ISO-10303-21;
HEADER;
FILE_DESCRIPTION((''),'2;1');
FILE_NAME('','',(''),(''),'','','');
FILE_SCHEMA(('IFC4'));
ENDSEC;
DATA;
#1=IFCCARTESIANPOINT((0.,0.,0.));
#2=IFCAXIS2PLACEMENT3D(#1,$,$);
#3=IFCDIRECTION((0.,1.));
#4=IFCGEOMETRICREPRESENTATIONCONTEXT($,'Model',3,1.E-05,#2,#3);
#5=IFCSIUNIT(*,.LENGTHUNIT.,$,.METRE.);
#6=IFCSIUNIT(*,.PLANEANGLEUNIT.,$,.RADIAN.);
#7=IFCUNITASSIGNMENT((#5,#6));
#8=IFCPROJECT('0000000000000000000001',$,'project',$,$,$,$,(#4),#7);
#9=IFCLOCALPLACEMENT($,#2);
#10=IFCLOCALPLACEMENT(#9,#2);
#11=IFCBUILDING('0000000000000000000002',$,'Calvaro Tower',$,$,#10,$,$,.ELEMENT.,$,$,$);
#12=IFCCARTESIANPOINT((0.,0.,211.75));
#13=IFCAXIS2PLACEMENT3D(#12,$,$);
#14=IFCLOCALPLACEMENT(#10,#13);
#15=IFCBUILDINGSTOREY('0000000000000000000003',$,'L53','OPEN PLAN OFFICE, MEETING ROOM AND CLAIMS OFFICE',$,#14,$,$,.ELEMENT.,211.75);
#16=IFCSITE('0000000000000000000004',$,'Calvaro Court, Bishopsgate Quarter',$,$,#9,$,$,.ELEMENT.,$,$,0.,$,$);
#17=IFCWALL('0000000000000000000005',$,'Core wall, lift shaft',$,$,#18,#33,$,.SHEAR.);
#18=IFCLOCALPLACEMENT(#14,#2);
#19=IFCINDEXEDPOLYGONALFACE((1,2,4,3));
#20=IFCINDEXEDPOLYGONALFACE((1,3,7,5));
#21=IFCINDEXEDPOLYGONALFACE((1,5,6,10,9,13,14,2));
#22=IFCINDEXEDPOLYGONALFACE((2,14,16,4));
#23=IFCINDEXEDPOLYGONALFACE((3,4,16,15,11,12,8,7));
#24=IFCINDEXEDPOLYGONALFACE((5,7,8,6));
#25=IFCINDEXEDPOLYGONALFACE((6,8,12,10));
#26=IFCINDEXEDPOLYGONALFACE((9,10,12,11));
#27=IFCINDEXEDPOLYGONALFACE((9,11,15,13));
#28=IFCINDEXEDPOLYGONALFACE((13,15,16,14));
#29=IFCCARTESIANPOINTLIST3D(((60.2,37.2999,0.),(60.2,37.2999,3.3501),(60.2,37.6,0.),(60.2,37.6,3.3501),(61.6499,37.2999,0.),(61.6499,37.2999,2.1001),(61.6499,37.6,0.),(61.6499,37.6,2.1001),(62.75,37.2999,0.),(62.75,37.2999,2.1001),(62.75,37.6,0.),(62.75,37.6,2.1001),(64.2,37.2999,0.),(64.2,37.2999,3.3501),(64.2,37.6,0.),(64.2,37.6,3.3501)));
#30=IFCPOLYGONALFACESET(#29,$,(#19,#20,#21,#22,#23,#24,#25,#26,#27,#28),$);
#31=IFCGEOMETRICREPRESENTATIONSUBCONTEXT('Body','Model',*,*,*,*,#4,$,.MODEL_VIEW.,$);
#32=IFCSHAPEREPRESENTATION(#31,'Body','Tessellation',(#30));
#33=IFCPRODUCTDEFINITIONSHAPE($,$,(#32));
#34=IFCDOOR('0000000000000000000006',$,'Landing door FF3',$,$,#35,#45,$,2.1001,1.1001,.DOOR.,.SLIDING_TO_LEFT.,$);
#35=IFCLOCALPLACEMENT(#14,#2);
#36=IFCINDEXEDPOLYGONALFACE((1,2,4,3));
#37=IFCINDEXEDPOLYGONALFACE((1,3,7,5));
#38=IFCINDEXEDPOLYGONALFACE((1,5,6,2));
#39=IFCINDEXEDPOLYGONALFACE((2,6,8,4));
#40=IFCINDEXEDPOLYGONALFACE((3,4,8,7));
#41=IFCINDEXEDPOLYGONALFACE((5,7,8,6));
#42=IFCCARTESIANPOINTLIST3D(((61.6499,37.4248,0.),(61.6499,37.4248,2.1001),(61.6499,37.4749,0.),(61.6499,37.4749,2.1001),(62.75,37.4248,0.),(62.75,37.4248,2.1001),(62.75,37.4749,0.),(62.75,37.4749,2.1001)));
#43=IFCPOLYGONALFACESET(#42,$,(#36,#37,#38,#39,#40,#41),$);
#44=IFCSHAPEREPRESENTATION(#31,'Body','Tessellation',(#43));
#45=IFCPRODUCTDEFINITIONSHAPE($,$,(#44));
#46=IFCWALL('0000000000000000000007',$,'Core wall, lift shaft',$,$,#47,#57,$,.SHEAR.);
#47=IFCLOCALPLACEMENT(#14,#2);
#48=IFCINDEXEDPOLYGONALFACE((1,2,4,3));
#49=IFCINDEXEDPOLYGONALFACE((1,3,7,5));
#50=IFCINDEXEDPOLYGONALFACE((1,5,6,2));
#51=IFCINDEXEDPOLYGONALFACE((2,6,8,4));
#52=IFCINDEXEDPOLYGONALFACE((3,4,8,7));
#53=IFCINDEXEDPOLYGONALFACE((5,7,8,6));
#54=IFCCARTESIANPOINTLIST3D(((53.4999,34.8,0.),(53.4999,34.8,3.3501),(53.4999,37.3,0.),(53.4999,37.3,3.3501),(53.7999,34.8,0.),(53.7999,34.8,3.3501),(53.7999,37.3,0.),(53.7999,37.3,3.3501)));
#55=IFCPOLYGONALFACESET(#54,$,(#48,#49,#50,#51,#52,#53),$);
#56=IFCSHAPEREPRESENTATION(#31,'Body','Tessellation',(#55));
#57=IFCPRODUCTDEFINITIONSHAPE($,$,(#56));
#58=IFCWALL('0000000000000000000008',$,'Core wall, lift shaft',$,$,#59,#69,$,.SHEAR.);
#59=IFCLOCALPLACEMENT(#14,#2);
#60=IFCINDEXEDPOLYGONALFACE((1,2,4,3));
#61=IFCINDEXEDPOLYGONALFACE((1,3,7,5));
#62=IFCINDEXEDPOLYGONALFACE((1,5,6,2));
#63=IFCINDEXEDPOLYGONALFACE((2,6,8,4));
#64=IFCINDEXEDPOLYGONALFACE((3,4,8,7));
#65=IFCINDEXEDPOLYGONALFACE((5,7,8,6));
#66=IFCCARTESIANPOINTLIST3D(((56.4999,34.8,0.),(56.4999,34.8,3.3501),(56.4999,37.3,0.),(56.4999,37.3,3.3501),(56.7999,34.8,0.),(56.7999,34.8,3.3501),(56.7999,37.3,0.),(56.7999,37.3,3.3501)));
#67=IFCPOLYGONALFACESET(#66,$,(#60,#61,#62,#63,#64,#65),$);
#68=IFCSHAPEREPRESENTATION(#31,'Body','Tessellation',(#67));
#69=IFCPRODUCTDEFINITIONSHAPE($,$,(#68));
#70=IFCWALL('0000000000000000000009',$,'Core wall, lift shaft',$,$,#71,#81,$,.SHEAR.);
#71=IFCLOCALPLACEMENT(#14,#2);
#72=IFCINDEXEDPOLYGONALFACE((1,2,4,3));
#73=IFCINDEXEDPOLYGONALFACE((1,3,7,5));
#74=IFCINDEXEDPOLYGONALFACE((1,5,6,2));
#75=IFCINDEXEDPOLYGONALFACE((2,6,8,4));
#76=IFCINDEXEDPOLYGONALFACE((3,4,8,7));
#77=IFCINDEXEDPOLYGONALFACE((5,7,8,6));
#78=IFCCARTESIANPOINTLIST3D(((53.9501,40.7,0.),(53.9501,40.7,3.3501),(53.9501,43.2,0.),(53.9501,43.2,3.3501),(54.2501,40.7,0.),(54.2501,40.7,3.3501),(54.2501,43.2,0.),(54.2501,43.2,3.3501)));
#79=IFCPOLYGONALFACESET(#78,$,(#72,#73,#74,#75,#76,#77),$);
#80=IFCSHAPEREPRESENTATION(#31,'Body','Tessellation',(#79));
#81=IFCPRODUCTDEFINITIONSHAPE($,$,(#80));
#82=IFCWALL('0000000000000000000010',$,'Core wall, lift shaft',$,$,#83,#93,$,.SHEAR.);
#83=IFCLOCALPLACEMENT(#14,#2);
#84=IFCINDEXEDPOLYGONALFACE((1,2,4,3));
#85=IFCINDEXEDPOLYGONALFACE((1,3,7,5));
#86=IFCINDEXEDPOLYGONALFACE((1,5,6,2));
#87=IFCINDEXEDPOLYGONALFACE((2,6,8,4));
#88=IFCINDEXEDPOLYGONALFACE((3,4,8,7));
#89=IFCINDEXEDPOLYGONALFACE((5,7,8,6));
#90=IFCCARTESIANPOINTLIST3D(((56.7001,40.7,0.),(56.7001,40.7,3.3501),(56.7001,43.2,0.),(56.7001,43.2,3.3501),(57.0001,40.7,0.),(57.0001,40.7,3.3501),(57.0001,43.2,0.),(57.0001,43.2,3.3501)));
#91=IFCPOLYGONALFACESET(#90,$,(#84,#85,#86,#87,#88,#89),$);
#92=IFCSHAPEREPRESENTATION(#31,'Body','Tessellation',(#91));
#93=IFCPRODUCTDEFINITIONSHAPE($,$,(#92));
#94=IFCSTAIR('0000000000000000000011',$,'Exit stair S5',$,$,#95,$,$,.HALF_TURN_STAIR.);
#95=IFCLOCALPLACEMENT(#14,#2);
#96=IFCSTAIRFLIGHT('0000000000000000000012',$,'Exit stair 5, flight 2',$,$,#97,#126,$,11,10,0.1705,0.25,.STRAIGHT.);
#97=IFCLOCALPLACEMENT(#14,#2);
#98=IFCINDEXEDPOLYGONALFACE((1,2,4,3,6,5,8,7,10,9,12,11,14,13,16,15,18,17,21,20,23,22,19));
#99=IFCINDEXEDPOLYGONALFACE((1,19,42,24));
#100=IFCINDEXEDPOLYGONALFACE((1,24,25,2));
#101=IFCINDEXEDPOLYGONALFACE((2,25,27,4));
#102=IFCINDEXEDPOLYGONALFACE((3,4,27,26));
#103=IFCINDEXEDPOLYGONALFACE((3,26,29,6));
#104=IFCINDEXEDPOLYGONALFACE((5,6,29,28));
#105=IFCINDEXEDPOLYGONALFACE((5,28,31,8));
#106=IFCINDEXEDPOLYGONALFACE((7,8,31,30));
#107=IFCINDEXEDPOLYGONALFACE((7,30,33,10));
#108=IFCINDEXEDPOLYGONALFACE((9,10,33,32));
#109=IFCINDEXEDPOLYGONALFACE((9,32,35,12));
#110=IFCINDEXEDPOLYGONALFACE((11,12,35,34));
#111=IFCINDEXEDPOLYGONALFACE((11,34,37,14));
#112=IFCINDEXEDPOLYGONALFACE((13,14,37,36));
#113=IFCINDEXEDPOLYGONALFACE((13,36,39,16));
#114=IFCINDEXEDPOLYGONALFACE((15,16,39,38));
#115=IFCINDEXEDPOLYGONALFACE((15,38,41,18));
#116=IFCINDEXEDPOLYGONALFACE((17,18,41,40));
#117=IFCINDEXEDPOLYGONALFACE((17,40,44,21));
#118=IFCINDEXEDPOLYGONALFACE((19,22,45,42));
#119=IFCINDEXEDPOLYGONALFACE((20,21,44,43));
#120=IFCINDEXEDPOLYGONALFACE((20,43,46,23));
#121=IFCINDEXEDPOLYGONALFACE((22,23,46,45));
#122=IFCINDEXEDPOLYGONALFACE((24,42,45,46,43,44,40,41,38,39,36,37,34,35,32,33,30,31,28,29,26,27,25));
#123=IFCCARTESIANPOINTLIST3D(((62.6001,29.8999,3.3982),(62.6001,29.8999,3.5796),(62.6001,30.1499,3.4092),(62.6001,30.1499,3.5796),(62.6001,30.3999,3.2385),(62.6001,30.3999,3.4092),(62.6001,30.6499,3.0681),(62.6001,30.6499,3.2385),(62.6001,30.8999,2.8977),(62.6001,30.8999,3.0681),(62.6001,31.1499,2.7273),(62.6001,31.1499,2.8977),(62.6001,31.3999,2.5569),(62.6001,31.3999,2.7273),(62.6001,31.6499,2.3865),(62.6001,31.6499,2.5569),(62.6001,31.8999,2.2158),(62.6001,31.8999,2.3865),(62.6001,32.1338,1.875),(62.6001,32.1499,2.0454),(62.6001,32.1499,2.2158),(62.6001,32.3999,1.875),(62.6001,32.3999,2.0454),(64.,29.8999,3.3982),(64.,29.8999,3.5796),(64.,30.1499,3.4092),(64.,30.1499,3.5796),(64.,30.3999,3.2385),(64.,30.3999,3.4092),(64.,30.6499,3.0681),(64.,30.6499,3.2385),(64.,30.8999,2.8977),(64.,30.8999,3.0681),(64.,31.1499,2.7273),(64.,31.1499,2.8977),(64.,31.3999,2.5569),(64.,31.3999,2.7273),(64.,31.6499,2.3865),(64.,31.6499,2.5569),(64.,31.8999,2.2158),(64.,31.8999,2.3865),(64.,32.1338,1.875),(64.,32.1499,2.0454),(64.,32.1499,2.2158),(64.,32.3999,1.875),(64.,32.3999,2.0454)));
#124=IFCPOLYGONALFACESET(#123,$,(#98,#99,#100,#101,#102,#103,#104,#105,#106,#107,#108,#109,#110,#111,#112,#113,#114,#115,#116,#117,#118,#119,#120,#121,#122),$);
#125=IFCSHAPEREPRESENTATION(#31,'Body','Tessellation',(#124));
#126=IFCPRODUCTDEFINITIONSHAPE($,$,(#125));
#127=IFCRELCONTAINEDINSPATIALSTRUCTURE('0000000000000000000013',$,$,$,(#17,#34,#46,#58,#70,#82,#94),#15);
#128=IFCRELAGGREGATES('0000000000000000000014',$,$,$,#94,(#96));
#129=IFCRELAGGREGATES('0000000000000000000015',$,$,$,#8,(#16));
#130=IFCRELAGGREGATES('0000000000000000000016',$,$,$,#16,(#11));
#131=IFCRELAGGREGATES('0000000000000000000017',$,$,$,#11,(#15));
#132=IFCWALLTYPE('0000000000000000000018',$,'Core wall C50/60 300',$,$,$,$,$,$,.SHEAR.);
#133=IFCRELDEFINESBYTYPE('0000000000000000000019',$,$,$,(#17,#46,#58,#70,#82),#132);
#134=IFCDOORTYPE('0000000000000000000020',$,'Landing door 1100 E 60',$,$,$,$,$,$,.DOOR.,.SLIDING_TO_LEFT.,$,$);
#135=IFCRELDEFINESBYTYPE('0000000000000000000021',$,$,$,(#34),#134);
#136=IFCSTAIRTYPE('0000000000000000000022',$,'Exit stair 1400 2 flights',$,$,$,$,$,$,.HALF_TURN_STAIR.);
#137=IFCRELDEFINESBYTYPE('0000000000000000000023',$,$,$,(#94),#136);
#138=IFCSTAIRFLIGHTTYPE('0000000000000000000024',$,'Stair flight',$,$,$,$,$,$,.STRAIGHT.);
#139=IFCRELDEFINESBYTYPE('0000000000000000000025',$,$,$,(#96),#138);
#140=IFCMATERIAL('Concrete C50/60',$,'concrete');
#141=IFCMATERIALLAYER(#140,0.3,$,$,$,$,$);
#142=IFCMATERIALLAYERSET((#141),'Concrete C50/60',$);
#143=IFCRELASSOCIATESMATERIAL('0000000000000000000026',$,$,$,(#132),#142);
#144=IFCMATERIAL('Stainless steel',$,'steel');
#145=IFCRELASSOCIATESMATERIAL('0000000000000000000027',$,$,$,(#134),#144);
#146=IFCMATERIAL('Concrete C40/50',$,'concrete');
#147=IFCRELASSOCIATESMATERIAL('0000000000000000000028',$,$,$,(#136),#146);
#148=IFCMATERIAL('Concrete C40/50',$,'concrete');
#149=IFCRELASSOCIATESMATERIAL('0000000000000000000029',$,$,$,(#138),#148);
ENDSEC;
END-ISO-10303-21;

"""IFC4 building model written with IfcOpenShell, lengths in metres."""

from ifc_helpers import new_model, si_unit, direction, frame, frame_2d, origin, place, context, subcontext, project, spatial, polyline, rectangle, outline, extrude, material, layer, layer_set, type_object, element, fill, aggregate, save


model = new_model("IFC4")

# Units and contexts
model_context = context("Model", 3, precision=1e-05, world=origin(), true_north=direction((0.0, 1.0)))
body_context = subcontext(model_context, "Body", "Model", "MODEL_VIEW")
ifc_project = project(units=[si_unit("LENGTHUNIT", "METRE"), si_unit("PLANEANGLEUNIT", "RADIAN")], contexts=[model_context])

# Site, building, storey
site_placement = place(None, origin())
site = spatial("IfcSite", under=ifc_project, at=site_placement, Name="Calvaro Court, Bishopsgate Quarter", CompositionType="ELEMENT", RefElevation=0.0)
building_placement = place(site_placement, origin())
building = spatial("IfcBuilding", under=site, at=building_placement, Name="Calvaro Tower", CompositionType="ELEMENT")
storey_placement = place(building_placement, frame((0.0, 0.0, 211.75)))
storey = spatial("IfcBuildingStorey", under=building, at=storey_placement, Name="L53", Description="OPEN PLAN OFFICE, MEETING ROOM AND CLAIMS OFFICE", CompositionType="ELEMENT", Elevation=211.75)

# Shared definitions
ifc_material_1 = material(Name="Concrete C50/60", Category="concrete")
ifc_layer_1 = layer(ifc_material_1, 0.3)
ifc_layer_set_1 = layer_set([ifc_layer_1], Name="Concrete C50/60")
wall_type_1 = type_object("IfcWallType", Name="Core wall C50/60 300", PredefinedType="SHEAR", material=ifc_layer_set_1)

# Wall, opening, door
wall_1_placement = place(storey_placement, frame((60.2, 37.45, 0.0), z_axis=(0.0, 0.0, 1.0), x_axis=(1.0, 0.0, 0.0)))
wall_1 = element("IfcWall", 1, at=wall_1_placement, inside=storey, type_object=wall_type_1, Name="Core wall, lift shaft", PredefinedType="SHEAR", context=body_context, shape_type="SweptSolid", body=[
    extrude(rectangle(XDim=4.0, YDim=0.3, at=frame_2d((2.0, 0.0))), origin(), (0.0, 0.0, 1.0), 3.3501),
])
opening_1_placement = place(wall_1_placement, frame((1.45, 0.0, 0.0)))
opening_1 = element("IfcOpeningElement", 2, at=opening_1_placement, cuts=wall_1, PredefinedType="OPENING", context=body_context, shape_type="SweptSolid", body=[
    extrude(rectangle(XDim=1.1001, YDim=2.1001, at=frame_2d((0.55, 1.05))), frame((0.0, 0.1599, 0.0), z_axis=(0.0, -1.0, 0.0), x_axis=(1.0, 0.0, 0.0)), (0.0, 0.0, 1.0), 0.3201),
])
ifc_material_2 = material(Name="Stainless steel", Category="steel")
door_type_1 = type_object("IfcDoorType", Name="Landing door 1100 E 60", OperationType="SLIDING_TO_LEFT", PredefinedType="DOOR", material=ifc_material_2)
door_1_placement = place(opening_1_placement, origin())
door_1 = element("IfcDoor", 3, at=door_1_placement, inside=storey, type_object=door_type_1, Name="Landing door FF3", OperationType="SLIDING_TO_LEFT", OverallHeight=2.1001, OverallWidth=1.1001, PredefinedType="DOOR", context=body_context, shape_type="SweptSolid", body=[
    extrude(rectangle(XDim=1.1001, YDim=2.1001, at=frame_2d((0.55, 1.05))), frame((0.0, 0.0249, 0.0), z_axis=(0.0, -1.0, 0.0), x_axis=(1.0, 0.0, 0.0)), (0.0, 0.0, 1.0), 0.05),
])
fill(opening_1, door_1)

# Walls
for number, where, z_axis, x_axis, name in (
    (4, (53.6499, 34.8, 0.0), (0.0, 0.0, 1.0), (0.0, 1.0, 0.0), "Core wall, lift shaft"),
    (5, (56.6499, 34.8, 0.0), (0.0, 0.0, 1.0), (0.0, 1.0, 0.0), "Core wall, lift shaft"),
    (6, (54.1001, 40.7, 0.0), (0.0, 0.0, 1.0), (0.0, 1.0, 0.0), "Core wall, lift shaft"),
    (7, (56.8501, 40.7, 0.0), (0.0, 0.0, 1.0), (0.0, 1.0, 0.0), "Core wall, lift shaft"),
):
    element("IfcWall", number, at=place(storey_placement, frame(where, z_axis=z_axis, x_axis=x_axis)), inside=storey, type_object=wall_type_1, Name=name, PredefinedType="SHEAR", context=body_context, shape_type="SweptSolid", body=[
        extrude(rectangle(XDim=2.5, YDim=0.3, at=frame_2d((1.25, 0.0))), origin(), (0.0, 0.0, 1.0), 3.3501),
    ])

# Stair, stair flight
ifc_material_3 = material(Name="Concrete C40/50", Category="concrete")
stair_type = type_object("IfcStairType", Name="Exit stair 1400 2 flights", PredefinedType="HALF_TURN_STAIR", material=ifc_material_3)
stair_placement = place(storey_placement, origin())
stair = element("IfcStair", 8, at=stair_placement, inside=storey, type_object=stair_type, Name="Exit stair S5", PredefinedType="HALF_TURN_STAIR")
ifc_material_4 = material(Name="Concrete C40/50", Category="concrete")
stair_flight_type = type_object("IfcStairFlightType", Name="Stair flight", PredefinedType="STRAIGHT", material=ifc_material_4)
stair_flight_placement = place(storey_placement, frame((63.3, 32.3999, 1.875), z_axis=(0.0, 0.0, 1.0), x_axis=(0.0, -1.0, 0.0)))
stair_flight = element("IfcStairFlight", 9, at=stair_flight_placement, type_object=stair_flight_type, Name="Exit stair 5, flight 2", NumberOfRisers=11, NumberOfTreads=10, PredefinedType="STRAIGHT", RiserHeight=0.1705, TreadLength=0.25, context=body_context, shape_type="SweptSolid", body=[
    extrude(outline(polyline([(0.0, 0.0), (0.0, 0.1704), (0.25, 0.1704), (0.25, 0.3408), (0.5, 0.3408), (0.5, 0.5115), (0.75, 0.5115), (0.75, 0.6819), (1.0, 0.6819), (1.0, 0.8523), (1.25, 0.8523), (1.25, 1.0227), (1.5, 1.0227), (1.5, 1.1931), (1.75, 1.1931), (1.75, 1.3635), (2.0, 1.3635), (2.0, 1.5342), (2.25, 1.5342), (2.25, 1.7046), (2.5, 1.7046), (2.5, 1.875), (2.5, 1.5232), (0.2661, 0.0), (0.0, 0.0)])), frame((0.0, 0.7, 0.0), z_axis=(0.0, -1.0, 0.0), x_axis=(1.0, 0.0, 0.0)), (0.0, 0.0, 1.0), 1.3999),
])
aggregate(stair, [stair_flight])

save(model, "model.ifc")
